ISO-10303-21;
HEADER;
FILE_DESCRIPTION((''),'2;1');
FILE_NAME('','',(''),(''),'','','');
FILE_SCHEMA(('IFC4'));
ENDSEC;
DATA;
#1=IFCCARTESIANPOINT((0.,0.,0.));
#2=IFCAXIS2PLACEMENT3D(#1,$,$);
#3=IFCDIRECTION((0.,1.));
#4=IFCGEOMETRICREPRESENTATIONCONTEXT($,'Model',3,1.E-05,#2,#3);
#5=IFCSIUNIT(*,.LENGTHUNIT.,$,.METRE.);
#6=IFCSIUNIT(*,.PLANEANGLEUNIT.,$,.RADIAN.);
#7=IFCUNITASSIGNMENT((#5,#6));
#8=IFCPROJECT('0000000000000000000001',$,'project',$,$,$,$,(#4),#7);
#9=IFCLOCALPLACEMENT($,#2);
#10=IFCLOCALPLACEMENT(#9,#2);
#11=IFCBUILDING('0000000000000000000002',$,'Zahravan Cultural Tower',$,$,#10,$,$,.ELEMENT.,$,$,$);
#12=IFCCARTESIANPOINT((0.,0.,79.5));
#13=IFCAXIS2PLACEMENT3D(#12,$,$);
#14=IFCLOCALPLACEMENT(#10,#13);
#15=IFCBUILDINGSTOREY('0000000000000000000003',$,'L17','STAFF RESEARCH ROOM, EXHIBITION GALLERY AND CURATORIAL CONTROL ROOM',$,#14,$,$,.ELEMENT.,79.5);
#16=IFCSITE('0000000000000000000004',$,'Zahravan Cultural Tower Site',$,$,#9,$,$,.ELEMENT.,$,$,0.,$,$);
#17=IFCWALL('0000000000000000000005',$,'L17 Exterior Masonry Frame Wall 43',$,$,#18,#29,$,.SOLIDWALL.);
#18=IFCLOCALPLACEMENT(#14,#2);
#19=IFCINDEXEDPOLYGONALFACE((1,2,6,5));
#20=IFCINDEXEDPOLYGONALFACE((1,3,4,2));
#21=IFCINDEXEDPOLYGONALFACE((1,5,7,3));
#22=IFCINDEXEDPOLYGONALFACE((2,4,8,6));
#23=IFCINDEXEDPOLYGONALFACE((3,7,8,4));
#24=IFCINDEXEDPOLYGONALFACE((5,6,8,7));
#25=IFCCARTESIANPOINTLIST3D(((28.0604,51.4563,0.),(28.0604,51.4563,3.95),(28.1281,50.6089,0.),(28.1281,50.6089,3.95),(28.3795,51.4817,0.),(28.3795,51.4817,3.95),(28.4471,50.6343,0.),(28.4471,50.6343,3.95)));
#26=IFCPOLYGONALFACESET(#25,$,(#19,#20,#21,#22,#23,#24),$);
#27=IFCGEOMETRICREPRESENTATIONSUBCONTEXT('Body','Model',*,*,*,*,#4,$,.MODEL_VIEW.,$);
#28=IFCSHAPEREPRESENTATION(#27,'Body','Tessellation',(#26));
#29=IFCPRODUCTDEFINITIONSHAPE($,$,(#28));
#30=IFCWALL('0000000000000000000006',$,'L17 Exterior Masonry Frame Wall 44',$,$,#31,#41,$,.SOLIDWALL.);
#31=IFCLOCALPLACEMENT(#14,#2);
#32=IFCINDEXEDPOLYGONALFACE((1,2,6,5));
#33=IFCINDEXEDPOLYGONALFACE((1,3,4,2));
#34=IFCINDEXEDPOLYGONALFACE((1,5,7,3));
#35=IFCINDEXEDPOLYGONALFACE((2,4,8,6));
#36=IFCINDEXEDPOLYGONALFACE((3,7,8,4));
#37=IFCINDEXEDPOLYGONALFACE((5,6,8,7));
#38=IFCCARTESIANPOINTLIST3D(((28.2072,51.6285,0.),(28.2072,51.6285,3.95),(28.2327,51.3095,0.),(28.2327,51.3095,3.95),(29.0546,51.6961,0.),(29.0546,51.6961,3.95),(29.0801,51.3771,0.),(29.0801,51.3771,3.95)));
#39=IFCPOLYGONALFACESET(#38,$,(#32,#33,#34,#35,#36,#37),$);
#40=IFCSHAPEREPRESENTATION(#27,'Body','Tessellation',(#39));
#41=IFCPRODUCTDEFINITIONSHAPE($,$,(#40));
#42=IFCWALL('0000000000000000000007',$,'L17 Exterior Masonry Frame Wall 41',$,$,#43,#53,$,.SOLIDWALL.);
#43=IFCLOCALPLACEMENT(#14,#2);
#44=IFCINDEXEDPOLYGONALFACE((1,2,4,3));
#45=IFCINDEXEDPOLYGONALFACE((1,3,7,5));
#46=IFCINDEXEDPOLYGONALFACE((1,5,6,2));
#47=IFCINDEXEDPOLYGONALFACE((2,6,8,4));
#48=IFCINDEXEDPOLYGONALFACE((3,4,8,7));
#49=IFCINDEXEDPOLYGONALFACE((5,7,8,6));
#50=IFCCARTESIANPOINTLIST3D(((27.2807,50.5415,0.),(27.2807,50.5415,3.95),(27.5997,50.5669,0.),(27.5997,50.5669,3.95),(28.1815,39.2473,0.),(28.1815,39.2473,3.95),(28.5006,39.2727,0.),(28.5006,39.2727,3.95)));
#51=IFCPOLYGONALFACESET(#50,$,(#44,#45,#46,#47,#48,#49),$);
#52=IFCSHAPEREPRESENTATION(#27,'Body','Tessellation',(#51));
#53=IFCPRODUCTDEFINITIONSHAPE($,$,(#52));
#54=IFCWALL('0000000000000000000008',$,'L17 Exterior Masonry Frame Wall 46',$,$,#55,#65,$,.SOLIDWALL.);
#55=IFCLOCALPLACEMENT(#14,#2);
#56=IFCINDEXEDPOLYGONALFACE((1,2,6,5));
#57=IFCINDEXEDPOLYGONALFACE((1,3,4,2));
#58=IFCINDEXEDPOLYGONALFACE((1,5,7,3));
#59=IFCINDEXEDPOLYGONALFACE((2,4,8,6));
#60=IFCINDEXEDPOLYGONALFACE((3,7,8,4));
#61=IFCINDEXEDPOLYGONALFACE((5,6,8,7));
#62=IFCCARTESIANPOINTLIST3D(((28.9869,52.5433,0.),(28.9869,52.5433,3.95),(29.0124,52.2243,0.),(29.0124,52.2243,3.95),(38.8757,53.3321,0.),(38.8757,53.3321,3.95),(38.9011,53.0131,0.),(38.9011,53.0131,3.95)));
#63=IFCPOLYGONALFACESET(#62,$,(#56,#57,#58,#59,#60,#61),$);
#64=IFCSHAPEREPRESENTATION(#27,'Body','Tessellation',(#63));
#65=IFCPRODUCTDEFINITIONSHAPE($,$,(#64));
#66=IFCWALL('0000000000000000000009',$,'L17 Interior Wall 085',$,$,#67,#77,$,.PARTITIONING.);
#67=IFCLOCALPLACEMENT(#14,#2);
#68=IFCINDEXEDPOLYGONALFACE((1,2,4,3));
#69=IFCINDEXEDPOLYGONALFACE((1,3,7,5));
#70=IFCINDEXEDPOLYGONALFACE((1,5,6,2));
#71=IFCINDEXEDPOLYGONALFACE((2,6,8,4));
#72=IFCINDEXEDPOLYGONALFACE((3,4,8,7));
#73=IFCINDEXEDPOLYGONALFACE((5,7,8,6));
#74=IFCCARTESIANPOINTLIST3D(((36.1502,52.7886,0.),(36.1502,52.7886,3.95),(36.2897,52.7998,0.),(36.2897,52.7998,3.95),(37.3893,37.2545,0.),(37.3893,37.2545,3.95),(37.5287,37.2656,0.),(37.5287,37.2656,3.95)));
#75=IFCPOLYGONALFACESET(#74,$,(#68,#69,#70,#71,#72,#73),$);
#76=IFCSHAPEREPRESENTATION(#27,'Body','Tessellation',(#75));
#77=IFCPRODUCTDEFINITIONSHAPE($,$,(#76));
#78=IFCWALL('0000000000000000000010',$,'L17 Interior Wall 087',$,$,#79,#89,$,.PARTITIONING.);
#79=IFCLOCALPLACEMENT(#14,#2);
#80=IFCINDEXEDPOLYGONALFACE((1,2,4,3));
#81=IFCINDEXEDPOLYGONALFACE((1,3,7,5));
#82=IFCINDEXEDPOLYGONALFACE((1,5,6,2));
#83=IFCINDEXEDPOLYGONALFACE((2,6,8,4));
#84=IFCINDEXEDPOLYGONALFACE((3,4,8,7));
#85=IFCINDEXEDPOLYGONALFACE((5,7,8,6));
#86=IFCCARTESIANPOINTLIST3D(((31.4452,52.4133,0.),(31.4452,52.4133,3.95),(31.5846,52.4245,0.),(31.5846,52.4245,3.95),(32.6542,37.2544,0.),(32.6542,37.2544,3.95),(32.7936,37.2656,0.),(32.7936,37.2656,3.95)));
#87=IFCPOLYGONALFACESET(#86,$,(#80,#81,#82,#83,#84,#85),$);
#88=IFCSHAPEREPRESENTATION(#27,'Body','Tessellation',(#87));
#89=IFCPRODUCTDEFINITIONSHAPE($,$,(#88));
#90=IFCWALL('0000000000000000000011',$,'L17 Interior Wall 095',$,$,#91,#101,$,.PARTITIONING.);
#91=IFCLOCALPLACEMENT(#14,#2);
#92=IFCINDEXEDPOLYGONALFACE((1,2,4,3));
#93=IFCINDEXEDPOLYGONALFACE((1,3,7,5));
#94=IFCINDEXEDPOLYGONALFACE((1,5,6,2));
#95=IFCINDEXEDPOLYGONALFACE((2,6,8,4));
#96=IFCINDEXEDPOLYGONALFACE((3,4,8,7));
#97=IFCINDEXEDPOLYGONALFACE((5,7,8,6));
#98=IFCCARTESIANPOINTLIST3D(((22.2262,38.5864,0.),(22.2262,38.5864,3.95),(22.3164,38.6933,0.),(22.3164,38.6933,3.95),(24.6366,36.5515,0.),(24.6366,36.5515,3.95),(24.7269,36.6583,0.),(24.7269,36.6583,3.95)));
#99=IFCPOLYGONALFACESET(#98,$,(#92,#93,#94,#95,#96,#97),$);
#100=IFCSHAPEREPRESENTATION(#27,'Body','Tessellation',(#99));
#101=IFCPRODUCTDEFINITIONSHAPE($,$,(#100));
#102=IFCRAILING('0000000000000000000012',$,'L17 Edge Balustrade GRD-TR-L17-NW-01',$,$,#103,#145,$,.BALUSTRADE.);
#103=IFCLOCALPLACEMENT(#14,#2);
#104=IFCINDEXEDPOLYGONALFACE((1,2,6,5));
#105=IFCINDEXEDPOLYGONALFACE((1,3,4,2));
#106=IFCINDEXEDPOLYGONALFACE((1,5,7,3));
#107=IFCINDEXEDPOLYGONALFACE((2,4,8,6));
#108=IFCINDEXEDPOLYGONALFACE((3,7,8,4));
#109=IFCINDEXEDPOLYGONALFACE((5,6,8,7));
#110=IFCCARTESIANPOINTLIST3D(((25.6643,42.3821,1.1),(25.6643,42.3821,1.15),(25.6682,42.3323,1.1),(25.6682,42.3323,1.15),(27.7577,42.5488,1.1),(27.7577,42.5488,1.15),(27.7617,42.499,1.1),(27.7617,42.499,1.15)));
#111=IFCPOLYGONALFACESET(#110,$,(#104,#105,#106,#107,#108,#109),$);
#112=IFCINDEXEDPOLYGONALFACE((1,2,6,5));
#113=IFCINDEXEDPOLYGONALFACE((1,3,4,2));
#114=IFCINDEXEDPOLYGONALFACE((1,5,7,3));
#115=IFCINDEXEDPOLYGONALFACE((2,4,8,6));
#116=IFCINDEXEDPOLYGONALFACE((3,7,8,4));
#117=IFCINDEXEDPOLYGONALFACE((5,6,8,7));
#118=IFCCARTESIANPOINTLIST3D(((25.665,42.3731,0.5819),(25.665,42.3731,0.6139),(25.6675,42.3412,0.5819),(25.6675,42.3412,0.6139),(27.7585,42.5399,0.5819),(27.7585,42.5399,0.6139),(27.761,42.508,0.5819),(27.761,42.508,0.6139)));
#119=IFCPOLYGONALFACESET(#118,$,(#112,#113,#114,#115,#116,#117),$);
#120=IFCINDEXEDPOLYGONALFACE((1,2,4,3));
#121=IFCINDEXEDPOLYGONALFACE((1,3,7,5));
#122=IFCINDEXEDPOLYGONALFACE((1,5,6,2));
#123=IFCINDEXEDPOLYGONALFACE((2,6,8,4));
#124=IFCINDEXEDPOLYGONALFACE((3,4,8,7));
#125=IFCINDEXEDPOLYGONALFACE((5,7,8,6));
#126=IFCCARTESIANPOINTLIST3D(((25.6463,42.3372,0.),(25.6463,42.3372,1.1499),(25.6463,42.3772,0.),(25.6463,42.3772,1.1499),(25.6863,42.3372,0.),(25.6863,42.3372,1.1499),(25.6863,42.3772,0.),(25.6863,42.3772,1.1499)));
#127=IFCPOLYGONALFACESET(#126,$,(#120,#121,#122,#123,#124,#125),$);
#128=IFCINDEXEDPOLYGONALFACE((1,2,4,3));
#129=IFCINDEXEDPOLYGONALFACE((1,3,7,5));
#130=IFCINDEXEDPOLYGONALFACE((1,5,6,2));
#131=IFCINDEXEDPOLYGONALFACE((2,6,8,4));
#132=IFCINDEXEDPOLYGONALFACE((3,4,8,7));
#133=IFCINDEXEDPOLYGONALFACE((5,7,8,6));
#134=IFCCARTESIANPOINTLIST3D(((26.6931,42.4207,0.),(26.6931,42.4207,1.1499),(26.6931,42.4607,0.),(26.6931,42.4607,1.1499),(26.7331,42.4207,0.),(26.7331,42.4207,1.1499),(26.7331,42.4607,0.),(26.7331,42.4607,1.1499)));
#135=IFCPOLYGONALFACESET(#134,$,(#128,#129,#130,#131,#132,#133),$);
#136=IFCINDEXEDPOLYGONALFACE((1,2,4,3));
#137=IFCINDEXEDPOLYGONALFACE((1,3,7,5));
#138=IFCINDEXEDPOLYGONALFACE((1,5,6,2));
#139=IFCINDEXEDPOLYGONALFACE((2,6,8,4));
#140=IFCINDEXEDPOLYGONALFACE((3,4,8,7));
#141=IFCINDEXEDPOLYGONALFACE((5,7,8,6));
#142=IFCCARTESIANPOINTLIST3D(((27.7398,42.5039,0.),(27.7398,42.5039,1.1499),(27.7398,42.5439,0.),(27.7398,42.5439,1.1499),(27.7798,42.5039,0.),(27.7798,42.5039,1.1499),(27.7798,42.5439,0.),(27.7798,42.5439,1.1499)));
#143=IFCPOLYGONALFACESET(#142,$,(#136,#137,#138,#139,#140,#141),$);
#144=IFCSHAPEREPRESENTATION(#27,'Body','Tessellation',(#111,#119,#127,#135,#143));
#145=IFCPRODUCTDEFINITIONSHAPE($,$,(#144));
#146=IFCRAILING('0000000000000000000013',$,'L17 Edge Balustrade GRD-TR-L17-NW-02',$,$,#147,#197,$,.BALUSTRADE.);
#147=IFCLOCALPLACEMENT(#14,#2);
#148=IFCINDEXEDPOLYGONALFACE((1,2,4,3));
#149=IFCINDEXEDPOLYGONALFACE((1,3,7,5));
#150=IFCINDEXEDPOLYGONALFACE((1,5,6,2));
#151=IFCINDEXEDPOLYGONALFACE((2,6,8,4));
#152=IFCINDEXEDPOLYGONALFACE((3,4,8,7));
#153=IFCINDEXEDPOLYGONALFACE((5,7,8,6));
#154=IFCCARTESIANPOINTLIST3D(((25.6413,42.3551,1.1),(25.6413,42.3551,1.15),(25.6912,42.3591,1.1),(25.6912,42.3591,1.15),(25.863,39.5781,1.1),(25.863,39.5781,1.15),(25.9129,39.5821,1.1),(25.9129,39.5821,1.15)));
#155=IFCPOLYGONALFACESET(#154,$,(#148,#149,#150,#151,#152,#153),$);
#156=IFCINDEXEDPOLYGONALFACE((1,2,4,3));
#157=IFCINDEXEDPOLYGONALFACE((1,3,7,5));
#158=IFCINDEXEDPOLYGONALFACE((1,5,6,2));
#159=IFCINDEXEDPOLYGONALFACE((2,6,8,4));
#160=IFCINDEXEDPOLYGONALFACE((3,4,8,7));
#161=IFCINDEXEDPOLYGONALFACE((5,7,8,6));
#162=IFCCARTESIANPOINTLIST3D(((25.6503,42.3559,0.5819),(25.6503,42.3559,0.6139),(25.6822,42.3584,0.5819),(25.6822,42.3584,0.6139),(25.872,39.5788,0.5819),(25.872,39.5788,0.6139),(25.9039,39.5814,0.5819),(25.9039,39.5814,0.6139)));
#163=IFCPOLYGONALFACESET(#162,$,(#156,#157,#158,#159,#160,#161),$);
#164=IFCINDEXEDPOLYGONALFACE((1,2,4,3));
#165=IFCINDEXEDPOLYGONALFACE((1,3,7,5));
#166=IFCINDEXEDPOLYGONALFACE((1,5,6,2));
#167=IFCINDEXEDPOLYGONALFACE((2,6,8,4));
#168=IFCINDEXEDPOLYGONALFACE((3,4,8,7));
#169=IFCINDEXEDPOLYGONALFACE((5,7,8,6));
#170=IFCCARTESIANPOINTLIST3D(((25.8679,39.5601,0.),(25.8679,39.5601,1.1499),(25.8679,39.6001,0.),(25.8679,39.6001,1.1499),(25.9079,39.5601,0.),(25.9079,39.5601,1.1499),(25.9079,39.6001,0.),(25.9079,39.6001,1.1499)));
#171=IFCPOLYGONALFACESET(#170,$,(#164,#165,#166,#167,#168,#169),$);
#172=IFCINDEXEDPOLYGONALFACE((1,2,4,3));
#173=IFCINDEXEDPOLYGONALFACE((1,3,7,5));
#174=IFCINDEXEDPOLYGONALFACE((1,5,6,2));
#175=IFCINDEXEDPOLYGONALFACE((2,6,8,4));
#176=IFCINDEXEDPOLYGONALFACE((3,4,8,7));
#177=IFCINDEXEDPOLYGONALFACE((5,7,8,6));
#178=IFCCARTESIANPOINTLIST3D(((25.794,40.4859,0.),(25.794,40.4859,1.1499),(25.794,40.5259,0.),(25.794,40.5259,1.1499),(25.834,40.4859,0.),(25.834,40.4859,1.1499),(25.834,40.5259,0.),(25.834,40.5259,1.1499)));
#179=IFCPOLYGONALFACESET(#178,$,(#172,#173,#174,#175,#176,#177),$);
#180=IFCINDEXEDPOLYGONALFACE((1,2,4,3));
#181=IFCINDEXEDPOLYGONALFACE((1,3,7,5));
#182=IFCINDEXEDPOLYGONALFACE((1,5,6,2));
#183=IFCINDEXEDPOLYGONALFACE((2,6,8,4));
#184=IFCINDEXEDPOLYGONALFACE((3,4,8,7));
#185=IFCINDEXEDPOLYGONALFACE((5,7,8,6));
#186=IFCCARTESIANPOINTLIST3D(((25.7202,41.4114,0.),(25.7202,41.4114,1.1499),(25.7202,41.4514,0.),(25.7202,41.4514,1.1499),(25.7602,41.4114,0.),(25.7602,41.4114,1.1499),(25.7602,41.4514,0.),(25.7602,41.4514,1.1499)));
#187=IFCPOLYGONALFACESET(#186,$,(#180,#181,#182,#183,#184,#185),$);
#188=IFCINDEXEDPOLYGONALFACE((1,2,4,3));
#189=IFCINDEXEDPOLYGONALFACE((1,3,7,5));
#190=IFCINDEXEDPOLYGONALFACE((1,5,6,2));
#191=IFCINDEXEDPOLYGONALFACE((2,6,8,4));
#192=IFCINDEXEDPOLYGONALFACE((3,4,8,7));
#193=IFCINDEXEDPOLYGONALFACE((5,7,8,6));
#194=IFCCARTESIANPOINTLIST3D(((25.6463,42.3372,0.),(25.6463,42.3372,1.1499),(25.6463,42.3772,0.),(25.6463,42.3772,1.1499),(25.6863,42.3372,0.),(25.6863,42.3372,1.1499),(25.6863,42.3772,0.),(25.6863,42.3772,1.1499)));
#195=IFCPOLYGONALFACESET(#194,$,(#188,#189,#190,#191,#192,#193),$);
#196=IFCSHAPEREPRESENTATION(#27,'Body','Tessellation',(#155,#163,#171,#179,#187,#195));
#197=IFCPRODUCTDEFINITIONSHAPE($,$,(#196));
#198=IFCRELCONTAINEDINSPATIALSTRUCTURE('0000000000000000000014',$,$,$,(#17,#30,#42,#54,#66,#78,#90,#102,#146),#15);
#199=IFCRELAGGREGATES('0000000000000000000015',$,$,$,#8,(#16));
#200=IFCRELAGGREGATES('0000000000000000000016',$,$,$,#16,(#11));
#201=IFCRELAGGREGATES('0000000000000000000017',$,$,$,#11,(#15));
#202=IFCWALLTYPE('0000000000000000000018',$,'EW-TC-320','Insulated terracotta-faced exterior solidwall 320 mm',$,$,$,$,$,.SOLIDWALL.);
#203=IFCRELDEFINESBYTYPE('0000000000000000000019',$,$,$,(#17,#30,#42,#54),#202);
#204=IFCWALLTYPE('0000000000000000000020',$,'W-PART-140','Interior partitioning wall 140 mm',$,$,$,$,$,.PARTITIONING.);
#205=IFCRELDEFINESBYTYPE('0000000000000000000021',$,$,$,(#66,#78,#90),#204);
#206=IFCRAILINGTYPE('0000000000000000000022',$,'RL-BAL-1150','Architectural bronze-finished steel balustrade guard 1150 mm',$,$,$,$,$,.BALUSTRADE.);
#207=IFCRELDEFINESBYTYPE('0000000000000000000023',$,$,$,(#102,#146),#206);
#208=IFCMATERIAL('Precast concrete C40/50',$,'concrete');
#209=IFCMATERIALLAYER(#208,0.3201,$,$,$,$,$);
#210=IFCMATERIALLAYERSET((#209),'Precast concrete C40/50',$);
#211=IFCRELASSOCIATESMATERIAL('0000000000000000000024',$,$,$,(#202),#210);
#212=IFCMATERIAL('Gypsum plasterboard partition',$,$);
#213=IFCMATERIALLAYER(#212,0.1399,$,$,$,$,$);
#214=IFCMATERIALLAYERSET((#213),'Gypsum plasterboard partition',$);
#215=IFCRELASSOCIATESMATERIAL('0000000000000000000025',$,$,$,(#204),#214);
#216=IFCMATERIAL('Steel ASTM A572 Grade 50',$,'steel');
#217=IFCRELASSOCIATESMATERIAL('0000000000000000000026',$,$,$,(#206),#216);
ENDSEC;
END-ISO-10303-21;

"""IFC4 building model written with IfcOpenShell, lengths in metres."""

from ifc_helpers import new_model, si_unit, direction, frame, frame_2d, origin, origin_2d, place, context, subcontext, project, spatial, rectangle, extrude, source, transform, mapped, material, layer, layer_set, type_object, element, save


model = new_model("IFC4")

# Units and contexts
model_context = context("Model", 3, precision=1e-05, world=origin(), true_north=direction((0.0, 1.0)))
body_context = subcontext(model_context, "Body", "Model", "MODEL_VIEW")
ifc_project = project(units=[si_unit("LENGTHUNIT", "METRE"), si_unit("PLANEANGLEUNIT", "RADIAN")], contexts=[model_context])

# Site, building, storey
site_placement = place(None, origin())
site = spatial("IfcSite", under=ifc_project, at=site_placement, Name="Zahravan Cultural Tower Site", CompositionType="ELEMENT", RefElevation=0.0)
building_placement = place(site_placement, origin())
building = spatial("IfcBuilding", under=site, at=building_placement, Name="Zahravan Cultural Tower", CompositionType="ELEMENT")
storey_placement = place(building_placement, frame((0.0, 0.0, 79.5)))
storey = spatial("IfcBuildingStorey", under=building, at=storey_placement, Name="L17", Description="STAFF RESEARCH ROOM, EXHIBITION GALLERY AND CURATORIAL CONTROL ROOM", CompositionType="ELEMENT", Elevation=79.5)

# Shared definitions
ifc_material_1 = material(Name="Precast concrete C40/50", Category="concrete")
ifc_layer_1 = layer(ifc_material_1, 0.3201)
ifc_layer_set_1 = layer_set([ifc_layer_1], Name="Precast concrete C40/50")
wall_type_1 = type_object("IfcWallType", Name="EW-TC-320", Description="Insulated terracotta-faced exterior solidwall 320 mm", PredefinedType="SOLIDWALL", material=ifc_layer_set_1)
ifc_material_2 = material(Name="Gypsum plasterboard partition")
ifc_layer_2 = layer(ifc_material_2, 0.1399)
ifc_layer_set_2 = layer_set([ifc_layer_2], Name="Gypsum plasterboard partition")
wall_type_2 = type_object("IfcWallType", Name="W-PART-140", Description="Interior partitioning wall 140 mm", PredefinedType="PARTITIONING", material=ifc_layer_set_2)

# Walls
shared_shape_1 = source(origin(), body_context, "Body", "SweptSolid", [
    extrude(rectangle(XDim=0.8501, YDim=0.3201, at=frame_2d((0.425, 0.0))), origin(), (0.0, 0.0, 1.0), 3.95),
])
for number, where, z_axis, x_axis, name in (
    (1, (28.2876, 50.6216, 0.0), (0.0, 0.0, 1.0), (-0.079551, 0.996831, 0.0), "L17 Exterior Masonry Frame Wall 43"),
    (2, (28.22, 51.469, 0.0), (0.0, 0.0, 1.0), (0.996831, 0.079551, 0.0), "L17 Exterior Masonry Frame Wall 44"),
):
    element("IfcWall", number, at=place(storey_placement, frame(where, z_axis=z_axis, x_axis=x_axis)), inside=storey, type_object=wall_type_1, Name=name, PredefinedType="SOLIDWALL", context=body_context, shape_type="MappedRepresentation", body=[
        mapped(shared_shape_1, transform((0.0, 0.0, 0.0), x_axis=(1.0, 0.0, 0.0), y_axis=(0.0, 1.0, 0.0), z_axis=(0.0, 0.0, 1.0), scale=1.0)),
    ])
shared_shape_2 = source(origin(), body_context, "Body", "SweptSolid", [
    extrude(rectangle(XDim=11.3301, YDim=0.3201, at=frame_2d((5.665, 0.0))), origin(), (0.0, 0.0, 1.0), 3.95),
])
wall_1_placement = place(storey_placement, frame((28.3411, 39.26, 0.0), z_axis=(0.0, 0.0, 1.0), x_axis=(-0.079512, 0.996834, 0.0)))
element("IfcWall", 3, at=wall_1_placement, inside=storey, type_object=wall_type_1, Name="L17 Exterior Masonry Frame Wall 41", PredefinedType="SOLIDWALL", context=body_context, shape_type="MappedRepresentation", body=[
    mapped(shared_shape_2, transform((0.0, 0.0, 0.0), x_axis=(1.0, 0.0, 0.0), y_axis=(0.0, 1.0, 0.0), z_axis=(0.0, 0.0, 1.0), scale=1.0)),
])
shared_shape_3 = source(origin(), body_context, "Body", "SweptSolid", [
    extrude(rectangle(XDim=9.9202, YDim=0.3201, at=frame_2d((4.96, 0.0))), origin(), (0.0, 0.0, 1.0), 3.95),
])
wall_2_placement = place(storey_placement, frame((28.9998, 52.3838, 0.0), z_axis=(0.0, 0.0, 1.0), x_axis=(0.996833, 0.079517, 0.0)))
element("IfcWall", 4, at=wall_2_placement, inside=storey, type_object=wall_type_1, Name="L17 Exterior Masonry Frame Wall 46", PredefinedType="SOLIDWALL", context=body_context, shape_type="MappedRepresentation", body=[
    mapped(shared_shape_3, transform((0.0, 0.0, 0.0), x_axis=(1.0, 0.0, 0.0), y_axis=(0.0, 1.0, 0.0), z_axis=(0.0, 0.0, 1.0), scale=1.0)),
])
shared_shape_4 = source(origin(), body_context, "Body", "SweptSolid", [
    extrude(rectangle(XDim=15.5835, YDim=0.1399, at=frame_2d((7.7917, 0.0))), origin(), (0.0, 0.0, 1.0), 3.95),
])
wall_3_placement = place(storey_placement, frame((36.22, 52.7942, 0.0), z_axis=(0.0, 0.0, 1.0), x_axis=(0.079508, -0.996834, 0.0)))
element("IfcWall", 5, at=wall_3_placement, inside=storey, type_object=wall_type_2, Name="L17 Interior Wall 085", PredefinedType="PARTITIONING", context=body_context, shape_type="MappedRepresentation", body=[
    mapped(shared_shape_4, transform((0.0, 0.0, 0.0), x_axis=(1.0, 0.0, 0.0), y_axis=(0.0, 1.0, 0.0), z_axis=(0.0, 0.0, 1.0), scale=1.0)),
])
shared_shape_5 = source(origin(), body_context, "Body", "SweptSolid", [
    extrude(rectangle(XDim=15.207, YDim=0.1399, at=frame_2d((7.6035, 0.0))), origin(), (0.0, 0.0, 1.0), 3.95),
])
wall_4_placement = place(storey_placement, frame((32.7239, 37.26, 0.0), z_axis=(0.0, 0.0, 1.0), x_axis=(-0.079501, 0.996835, 0.0)))
element("IfcWall", 6, at=wall_4_placement, inside=storey, type_object=wall_type_2, Name="L17 Interior Wall 087", PredefinedType="PARTITIONING", context=body_context, shape_type="MappedRepresentation", body=[
    mapped(shared_shape_5, transform((0.0, 0.0, 0.0), x_axis=(1.0, 0.0, 0.0), y_axis=(0.0, 1.0, 0.0), z_axis=(0.0, 0.0, 1.0), scale=1.0)),
])
shared_shape_6 = source(origin(), body_context, "Body", "SweptSolid", [
    extrude(rectangle(XDim=3.1545, YDim=0.1399, at=frame_2d((1.5771, 0.0))), origin(), (0.0, 0.0, 1.0), 3.95),
])
wall_5_placement = place(storey_placement, frame((24.6816, 36.605, 0.0), z_axis=(0.0, 0.0, 1.0), x_axis=(-0.764114, 0.645081, 0.0)))
element("IfcWall", 7, at=wall_5_placement, inside=storey, type_object=wall_type_2, Name="L17 Interior Wall 095", PredefinedType="PARTITIONING", context=body_context, shape_type="MappedRepresentation", body=[
    mapped(shared_shape_6, transform((0.0, 0.0, 0.0), x_axis=(1.0, 0.0, 0.0), y_axis=(0.0, 1.0, 0.0), z_axis=(0.0, 0.0, 1.0), scale=1.0)),
])

# Railings
ifc_material_3 = material(Name="Steel ASTM A572 Grade 50", Category="steel")
railing_type = type_object("IfcRailingType", Name="RL-BAL-1150", Description="Architectural bronze-finished steel balustrade guard 1150 mm", PredefinedType="BALUSTRADE", material=ifc_material_3)
railing_1_placement = place(storey_placement, frame((25.6663, 42.3572, 0.0)))
element("IfcRailing", 8, at=railing_1_placement, inside=storey, type_object=railing_type, Name="L17 Edge Balustrade GRD-TR-L17-NW-01", PredefinedType="BALUSTRADE", context=body_context, shape_type="SweptSolid", body=[
    extrude(rectangle(XDim=0.05, YDim=0.05, at=origin_2d()), frame((0.0, 0.0, 1.125), z_axis=(0.996843, 0.079399, 0.0), x_axis=(-0.079399, 0.996843, 0.0)), (0.0, 0.0, 1.0), 2.1001),
    extrude(rectangle(XDim=0.032, YDim=0.032, at=origin_2d()), frame((0.0, 0.0, 0.5979), z_axis=(0.996843, 0.079399, 0.0), x_axis=(-0.079399, 0.996843, 0.0)), (0.0, 0.0, 1.0), 2.1001),
    extrude(rectangle(XDim=0.04, YDim=0.04, at=origin_2d()), origin(), (0.0, 0.0, 1.0), 1.1499),
    extrude(rectangle(XDim=0.04, YDim=0.04, at=origin_2d()), frame((1.0469, 0.0835, 0.0)), (0.0, 0.0, 1.0), 1.1499),
    extrude(rectangle(XDim=0.04, YDim=0.04, at=origin_2d()), frame((2.0935, 0.1667, 0.0)), (0.0, 0.0, 1.0), 1.1499),
])
railing_2_placement = place(storey_placement, frame((25.8879, 39.5801, 0.0)))
element("IfcRailing", 9, at=railing_2_placement, inside=storey, type_object=railing_type, Name="L17 Edge Balustrade GRD-TR-L17-NW-02", PredefinedType="BALUSTRADE", context=body_context, shape_type="SweptSolid", body=[
    extrude(rectangle(XDim=0.05, YDim=0.05, at=origin_2d()), frame((0.0, 0.0, 1.125), z_axis=(-0.079571, 0.996829, 0.0), x_axis=(-0.996829, -0.079571, 0.0)), (0.0, 0.0, 1.0), 2.7859),
    extrude(rectangle(XDim=0.032, YDim=0.032, at=origin_2d()), frame((0.0, 0.0, 0.5979), z_axis=(-0.079571, 0.996829, 0.0), x_axis=(-0.996829, -0.079571, 0.0)), (0.0, 0.0, 1.0), 2.7859),
    extrude(rectangle(XDim=0.04, YDim=0.04, at=origin_2d()), origin(), (0.0, 0.0, 1.0), 1.1499),
    extrude(rectangle(XDim=0.04, YDim=0.04, at=origin_2d()), frame((-0.074, 0.9258, 0.0)), (0.0, 0.0, 1.0), 1.1499),
    extrude(rectangle(XDim=0.04, YDim=0.04, at=origin_2d()), frame((-0.1477, 1.8513, 0.0)), (0.0, 0.0, 1.0), 1.1499),
    extrude(rectangle(XDim=0.04, YDim=0.04, at=origin_2d()), frame((-0.2217, 2.7771, 0.0)), (0.0, 0.0, 1.0), 1.1499),
])

save(model, "model.ifc")
